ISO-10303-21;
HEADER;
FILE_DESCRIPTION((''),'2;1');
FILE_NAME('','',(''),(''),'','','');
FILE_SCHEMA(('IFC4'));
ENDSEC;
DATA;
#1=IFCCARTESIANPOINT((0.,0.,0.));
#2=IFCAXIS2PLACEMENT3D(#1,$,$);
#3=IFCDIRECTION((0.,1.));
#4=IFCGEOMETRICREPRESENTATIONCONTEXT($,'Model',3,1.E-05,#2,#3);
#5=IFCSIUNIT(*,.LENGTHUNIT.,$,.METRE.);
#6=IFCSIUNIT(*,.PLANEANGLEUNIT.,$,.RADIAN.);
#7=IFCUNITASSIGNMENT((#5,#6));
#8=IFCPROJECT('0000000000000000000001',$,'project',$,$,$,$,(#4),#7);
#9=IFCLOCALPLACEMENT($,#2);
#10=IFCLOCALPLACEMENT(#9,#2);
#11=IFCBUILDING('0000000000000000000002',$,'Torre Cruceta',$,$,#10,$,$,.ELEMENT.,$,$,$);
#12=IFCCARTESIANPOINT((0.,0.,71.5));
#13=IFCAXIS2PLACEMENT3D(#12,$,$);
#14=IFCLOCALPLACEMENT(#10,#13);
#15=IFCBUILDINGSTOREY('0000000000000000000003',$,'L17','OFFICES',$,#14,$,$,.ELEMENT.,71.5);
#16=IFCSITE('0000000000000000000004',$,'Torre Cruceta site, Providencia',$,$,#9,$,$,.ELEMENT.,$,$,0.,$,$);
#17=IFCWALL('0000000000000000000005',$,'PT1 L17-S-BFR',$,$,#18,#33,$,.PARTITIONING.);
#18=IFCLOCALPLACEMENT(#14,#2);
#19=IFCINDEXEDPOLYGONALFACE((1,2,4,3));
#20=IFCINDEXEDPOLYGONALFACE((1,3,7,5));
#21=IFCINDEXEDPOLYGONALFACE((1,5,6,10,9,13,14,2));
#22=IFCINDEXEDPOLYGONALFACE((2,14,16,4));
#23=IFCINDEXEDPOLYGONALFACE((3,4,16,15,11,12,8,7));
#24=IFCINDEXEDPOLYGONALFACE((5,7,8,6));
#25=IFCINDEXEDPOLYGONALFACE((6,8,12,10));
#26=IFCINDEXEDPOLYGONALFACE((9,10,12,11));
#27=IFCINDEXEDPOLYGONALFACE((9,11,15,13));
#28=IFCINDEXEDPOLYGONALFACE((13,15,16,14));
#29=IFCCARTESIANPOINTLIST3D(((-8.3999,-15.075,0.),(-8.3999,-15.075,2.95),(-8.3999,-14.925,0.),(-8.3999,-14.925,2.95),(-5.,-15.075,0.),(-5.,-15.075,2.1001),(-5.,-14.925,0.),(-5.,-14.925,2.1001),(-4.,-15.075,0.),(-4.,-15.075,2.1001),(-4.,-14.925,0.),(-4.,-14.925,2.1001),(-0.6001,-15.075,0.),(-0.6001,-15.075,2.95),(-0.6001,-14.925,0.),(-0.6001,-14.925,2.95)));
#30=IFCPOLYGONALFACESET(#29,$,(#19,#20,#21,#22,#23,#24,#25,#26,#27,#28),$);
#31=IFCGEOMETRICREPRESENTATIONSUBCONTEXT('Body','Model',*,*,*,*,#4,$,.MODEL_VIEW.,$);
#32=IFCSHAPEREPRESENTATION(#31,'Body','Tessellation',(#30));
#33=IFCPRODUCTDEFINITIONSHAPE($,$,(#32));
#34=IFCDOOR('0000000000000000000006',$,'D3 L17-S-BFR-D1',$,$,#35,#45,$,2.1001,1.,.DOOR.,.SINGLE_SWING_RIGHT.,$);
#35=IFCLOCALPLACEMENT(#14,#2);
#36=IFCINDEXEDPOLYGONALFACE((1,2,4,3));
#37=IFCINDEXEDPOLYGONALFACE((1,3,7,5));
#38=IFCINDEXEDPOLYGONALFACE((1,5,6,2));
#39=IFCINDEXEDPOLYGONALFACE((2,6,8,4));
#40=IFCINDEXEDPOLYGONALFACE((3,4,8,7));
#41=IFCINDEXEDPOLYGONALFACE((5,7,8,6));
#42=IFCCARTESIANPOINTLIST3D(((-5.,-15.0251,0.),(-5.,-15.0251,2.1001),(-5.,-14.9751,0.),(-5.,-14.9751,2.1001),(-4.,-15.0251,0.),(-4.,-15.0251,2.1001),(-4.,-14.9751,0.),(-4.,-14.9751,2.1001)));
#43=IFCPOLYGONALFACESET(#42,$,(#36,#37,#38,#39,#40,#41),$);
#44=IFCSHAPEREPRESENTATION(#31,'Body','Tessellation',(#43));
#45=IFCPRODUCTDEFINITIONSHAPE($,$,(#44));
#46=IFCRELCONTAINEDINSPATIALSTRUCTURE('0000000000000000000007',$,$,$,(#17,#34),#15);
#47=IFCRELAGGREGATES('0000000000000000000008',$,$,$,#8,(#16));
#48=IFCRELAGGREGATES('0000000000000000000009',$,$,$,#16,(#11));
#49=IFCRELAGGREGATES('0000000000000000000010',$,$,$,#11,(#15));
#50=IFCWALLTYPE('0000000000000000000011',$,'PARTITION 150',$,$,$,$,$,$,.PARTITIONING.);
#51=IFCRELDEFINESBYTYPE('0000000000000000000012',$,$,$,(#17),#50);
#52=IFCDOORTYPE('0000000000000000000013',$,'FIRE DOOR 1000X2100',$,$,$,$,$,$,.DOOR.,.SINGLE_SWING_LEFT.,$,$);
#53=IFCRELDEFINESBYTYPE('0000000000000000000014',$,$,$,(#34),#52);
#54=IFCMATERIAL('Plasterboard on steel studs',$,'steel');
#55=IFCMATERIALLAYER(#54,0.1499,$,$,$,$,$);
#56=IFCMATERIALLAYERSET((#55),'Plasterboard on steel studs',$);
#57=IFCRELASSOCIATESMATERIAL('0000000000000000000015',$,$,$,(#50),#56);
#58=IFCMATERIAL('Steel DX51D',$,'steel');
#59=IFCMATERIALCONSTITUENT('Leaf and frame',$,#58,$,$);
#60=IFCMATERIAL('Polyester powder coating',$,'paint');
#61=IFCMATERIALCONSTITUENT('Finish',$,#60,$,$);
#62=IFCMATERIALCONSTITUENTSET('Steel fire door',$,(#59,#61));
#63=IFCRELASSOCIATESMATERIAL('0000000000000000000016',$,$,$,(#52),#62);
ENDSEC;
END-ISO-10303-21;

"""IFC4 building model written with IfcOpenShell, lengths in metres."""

from ifc_helpers import new_model, si_unit, direction, frame, frame_2d, origin, place, context, subcontext, project, spatial, rectangle, extrude, material, layer, layer_set, constituent, constituent_set, type_object, element, fill, save


model = new_model("IFC4")

# Units and contexts
model_context = context("Model", 3, precision=1e-05, world=origin(), true_north=direction((0.0, 1.0)))
body_context = subcontext(model_context, "Body", "Model", "MODEL_VIEW")
ifc_project = project(units=[si_unit("LENGTHUNIT", "METRE"), si_unit("PLANEANGLEUNIT", "RADIAN")], contexts=[model_context])

# Site, building, storey
site_placement = place(None, origin())
site = spatial("IfcSite", under=ifc_project, at=site_placement, Name="Torre Cruceta site, Providencia", CompositionType="ELEMENT", RefElevation=0.0)
building_placement = place(site_placement, origin())
building = spatial("IfcBuilding", under=site, at=building_placement, Name="Torre Cruceta", CompositionType="ELEMENT")
storey_placement = place(building_placement, frame((0.0, 0.0, 71.5)))
storey = spatial("IfcBuildingStorey", under=building, at=storey_placement, Name="L17", Description="OFFICES", CompositionType="ELEMENT", Elevation=71.5)

# Wall, opening, door
ifc_material_1 = material(Name="Plasterboard on steel studs", Category="steel")
ifc_layer_1 = layer(ifc_material_1, 0.1499)
ifc_layer_set_1 = layer_set([ifc_layer_1], Name="Plasterboard on steel studs")
wall_type_1 = type_object("IfcWallType", Name="PARTITION 150", PredefinedType="PARTITIONING", material=ifc_layer_set_1)
wall_1_placement = place(storey_placement, frame((-8.3999, -15.0, 0.0), z_axis=(0.0, 0.0, 1.0), x_axis=(1.0, 0.0, 0.0)))
wall_1 = element("IfcWall", 1, at=wall_1_placement, inside=storey, type_object=wall_type_1, Name="PT1 L17-S-BFR", PredefinedType="PARTITIONING", context=body_context, shape_type="SweptSolid", body=[
    extrude(rectangle(XDim=7.7998, YDim=0.1499, at=frame_2d((3.8999, 0.0))), origin(), (0.0, 0.0, 1.0), 2.95),
])
opening_1_placement = place(wall_1_placement, frame((3.3999, 0.0, 0.0)))
opening_1 = element("IfcOpeningElement", 2, at=opening_1_placement, cuts=wall_1, PredefinedType="OPENING", context=body_context, shape_type="SweptSolid", body=[
    extrude(rectangle(XDim=1.0, YDim=2.1001, at=frame_2d((0.5, 1.05))), frame((0.0, 0.085, 0.0), z_axis=(0.0, -1.0, 0.0), x_axis=(1.0, 0.0, 0.0)), (0.0, 0.0, 1.0), 0.1699),
])
ifc_material_2 = material(Name="Steel DX51D", Category="steel")
ifc_constituent_1 = constituent(ifc_material_2, Name="Leaf and frame")
ifc_material_3 = material(Name="Polyester powder coating", Category="paint")
ifc_constituent_2 = constituent(ifc_material_3, Name="Finish")
ifc_constituent_set_1 = constituent_set(constituents=[ifc_constituent_1, ifc_constituent_2], Name="Steel fire door")
door_type = type_object("IfcDoorType", Name="FIRE DOOR 1000X2100", OperationType="SINGLE_SWING_LEFT", PredefinedType="DOOR", material=ifc_constituent_set_1)
door_placement = place(opening_1_placement, origin())
door = element("IfcDoor", 3, at=door_placement, inside=storey, type_object=door_type, Name="D3 L17-S-BFR-D1", OperationType="SINGLE_SWING_RIGHT", OverallHeight=2.1001, OverallWidth=1.0, PredefinedType="DOOR", context=body_context, shape_type="SweptSolid", body=[
    extrude(rectangle(XDim=1.0, YDim=2.1001, at=frame_2d((0.5, 1.05))), frame((0.0, 0.0249, 0.0), z_axis=(0.0, -1.0, 0.0), x_axis=(1.0, 0.0, 0.0)), (0.0, 0.0, 1.0), 0.05),
])
fill(opening_1, door)

save(model, "model.ifc")
